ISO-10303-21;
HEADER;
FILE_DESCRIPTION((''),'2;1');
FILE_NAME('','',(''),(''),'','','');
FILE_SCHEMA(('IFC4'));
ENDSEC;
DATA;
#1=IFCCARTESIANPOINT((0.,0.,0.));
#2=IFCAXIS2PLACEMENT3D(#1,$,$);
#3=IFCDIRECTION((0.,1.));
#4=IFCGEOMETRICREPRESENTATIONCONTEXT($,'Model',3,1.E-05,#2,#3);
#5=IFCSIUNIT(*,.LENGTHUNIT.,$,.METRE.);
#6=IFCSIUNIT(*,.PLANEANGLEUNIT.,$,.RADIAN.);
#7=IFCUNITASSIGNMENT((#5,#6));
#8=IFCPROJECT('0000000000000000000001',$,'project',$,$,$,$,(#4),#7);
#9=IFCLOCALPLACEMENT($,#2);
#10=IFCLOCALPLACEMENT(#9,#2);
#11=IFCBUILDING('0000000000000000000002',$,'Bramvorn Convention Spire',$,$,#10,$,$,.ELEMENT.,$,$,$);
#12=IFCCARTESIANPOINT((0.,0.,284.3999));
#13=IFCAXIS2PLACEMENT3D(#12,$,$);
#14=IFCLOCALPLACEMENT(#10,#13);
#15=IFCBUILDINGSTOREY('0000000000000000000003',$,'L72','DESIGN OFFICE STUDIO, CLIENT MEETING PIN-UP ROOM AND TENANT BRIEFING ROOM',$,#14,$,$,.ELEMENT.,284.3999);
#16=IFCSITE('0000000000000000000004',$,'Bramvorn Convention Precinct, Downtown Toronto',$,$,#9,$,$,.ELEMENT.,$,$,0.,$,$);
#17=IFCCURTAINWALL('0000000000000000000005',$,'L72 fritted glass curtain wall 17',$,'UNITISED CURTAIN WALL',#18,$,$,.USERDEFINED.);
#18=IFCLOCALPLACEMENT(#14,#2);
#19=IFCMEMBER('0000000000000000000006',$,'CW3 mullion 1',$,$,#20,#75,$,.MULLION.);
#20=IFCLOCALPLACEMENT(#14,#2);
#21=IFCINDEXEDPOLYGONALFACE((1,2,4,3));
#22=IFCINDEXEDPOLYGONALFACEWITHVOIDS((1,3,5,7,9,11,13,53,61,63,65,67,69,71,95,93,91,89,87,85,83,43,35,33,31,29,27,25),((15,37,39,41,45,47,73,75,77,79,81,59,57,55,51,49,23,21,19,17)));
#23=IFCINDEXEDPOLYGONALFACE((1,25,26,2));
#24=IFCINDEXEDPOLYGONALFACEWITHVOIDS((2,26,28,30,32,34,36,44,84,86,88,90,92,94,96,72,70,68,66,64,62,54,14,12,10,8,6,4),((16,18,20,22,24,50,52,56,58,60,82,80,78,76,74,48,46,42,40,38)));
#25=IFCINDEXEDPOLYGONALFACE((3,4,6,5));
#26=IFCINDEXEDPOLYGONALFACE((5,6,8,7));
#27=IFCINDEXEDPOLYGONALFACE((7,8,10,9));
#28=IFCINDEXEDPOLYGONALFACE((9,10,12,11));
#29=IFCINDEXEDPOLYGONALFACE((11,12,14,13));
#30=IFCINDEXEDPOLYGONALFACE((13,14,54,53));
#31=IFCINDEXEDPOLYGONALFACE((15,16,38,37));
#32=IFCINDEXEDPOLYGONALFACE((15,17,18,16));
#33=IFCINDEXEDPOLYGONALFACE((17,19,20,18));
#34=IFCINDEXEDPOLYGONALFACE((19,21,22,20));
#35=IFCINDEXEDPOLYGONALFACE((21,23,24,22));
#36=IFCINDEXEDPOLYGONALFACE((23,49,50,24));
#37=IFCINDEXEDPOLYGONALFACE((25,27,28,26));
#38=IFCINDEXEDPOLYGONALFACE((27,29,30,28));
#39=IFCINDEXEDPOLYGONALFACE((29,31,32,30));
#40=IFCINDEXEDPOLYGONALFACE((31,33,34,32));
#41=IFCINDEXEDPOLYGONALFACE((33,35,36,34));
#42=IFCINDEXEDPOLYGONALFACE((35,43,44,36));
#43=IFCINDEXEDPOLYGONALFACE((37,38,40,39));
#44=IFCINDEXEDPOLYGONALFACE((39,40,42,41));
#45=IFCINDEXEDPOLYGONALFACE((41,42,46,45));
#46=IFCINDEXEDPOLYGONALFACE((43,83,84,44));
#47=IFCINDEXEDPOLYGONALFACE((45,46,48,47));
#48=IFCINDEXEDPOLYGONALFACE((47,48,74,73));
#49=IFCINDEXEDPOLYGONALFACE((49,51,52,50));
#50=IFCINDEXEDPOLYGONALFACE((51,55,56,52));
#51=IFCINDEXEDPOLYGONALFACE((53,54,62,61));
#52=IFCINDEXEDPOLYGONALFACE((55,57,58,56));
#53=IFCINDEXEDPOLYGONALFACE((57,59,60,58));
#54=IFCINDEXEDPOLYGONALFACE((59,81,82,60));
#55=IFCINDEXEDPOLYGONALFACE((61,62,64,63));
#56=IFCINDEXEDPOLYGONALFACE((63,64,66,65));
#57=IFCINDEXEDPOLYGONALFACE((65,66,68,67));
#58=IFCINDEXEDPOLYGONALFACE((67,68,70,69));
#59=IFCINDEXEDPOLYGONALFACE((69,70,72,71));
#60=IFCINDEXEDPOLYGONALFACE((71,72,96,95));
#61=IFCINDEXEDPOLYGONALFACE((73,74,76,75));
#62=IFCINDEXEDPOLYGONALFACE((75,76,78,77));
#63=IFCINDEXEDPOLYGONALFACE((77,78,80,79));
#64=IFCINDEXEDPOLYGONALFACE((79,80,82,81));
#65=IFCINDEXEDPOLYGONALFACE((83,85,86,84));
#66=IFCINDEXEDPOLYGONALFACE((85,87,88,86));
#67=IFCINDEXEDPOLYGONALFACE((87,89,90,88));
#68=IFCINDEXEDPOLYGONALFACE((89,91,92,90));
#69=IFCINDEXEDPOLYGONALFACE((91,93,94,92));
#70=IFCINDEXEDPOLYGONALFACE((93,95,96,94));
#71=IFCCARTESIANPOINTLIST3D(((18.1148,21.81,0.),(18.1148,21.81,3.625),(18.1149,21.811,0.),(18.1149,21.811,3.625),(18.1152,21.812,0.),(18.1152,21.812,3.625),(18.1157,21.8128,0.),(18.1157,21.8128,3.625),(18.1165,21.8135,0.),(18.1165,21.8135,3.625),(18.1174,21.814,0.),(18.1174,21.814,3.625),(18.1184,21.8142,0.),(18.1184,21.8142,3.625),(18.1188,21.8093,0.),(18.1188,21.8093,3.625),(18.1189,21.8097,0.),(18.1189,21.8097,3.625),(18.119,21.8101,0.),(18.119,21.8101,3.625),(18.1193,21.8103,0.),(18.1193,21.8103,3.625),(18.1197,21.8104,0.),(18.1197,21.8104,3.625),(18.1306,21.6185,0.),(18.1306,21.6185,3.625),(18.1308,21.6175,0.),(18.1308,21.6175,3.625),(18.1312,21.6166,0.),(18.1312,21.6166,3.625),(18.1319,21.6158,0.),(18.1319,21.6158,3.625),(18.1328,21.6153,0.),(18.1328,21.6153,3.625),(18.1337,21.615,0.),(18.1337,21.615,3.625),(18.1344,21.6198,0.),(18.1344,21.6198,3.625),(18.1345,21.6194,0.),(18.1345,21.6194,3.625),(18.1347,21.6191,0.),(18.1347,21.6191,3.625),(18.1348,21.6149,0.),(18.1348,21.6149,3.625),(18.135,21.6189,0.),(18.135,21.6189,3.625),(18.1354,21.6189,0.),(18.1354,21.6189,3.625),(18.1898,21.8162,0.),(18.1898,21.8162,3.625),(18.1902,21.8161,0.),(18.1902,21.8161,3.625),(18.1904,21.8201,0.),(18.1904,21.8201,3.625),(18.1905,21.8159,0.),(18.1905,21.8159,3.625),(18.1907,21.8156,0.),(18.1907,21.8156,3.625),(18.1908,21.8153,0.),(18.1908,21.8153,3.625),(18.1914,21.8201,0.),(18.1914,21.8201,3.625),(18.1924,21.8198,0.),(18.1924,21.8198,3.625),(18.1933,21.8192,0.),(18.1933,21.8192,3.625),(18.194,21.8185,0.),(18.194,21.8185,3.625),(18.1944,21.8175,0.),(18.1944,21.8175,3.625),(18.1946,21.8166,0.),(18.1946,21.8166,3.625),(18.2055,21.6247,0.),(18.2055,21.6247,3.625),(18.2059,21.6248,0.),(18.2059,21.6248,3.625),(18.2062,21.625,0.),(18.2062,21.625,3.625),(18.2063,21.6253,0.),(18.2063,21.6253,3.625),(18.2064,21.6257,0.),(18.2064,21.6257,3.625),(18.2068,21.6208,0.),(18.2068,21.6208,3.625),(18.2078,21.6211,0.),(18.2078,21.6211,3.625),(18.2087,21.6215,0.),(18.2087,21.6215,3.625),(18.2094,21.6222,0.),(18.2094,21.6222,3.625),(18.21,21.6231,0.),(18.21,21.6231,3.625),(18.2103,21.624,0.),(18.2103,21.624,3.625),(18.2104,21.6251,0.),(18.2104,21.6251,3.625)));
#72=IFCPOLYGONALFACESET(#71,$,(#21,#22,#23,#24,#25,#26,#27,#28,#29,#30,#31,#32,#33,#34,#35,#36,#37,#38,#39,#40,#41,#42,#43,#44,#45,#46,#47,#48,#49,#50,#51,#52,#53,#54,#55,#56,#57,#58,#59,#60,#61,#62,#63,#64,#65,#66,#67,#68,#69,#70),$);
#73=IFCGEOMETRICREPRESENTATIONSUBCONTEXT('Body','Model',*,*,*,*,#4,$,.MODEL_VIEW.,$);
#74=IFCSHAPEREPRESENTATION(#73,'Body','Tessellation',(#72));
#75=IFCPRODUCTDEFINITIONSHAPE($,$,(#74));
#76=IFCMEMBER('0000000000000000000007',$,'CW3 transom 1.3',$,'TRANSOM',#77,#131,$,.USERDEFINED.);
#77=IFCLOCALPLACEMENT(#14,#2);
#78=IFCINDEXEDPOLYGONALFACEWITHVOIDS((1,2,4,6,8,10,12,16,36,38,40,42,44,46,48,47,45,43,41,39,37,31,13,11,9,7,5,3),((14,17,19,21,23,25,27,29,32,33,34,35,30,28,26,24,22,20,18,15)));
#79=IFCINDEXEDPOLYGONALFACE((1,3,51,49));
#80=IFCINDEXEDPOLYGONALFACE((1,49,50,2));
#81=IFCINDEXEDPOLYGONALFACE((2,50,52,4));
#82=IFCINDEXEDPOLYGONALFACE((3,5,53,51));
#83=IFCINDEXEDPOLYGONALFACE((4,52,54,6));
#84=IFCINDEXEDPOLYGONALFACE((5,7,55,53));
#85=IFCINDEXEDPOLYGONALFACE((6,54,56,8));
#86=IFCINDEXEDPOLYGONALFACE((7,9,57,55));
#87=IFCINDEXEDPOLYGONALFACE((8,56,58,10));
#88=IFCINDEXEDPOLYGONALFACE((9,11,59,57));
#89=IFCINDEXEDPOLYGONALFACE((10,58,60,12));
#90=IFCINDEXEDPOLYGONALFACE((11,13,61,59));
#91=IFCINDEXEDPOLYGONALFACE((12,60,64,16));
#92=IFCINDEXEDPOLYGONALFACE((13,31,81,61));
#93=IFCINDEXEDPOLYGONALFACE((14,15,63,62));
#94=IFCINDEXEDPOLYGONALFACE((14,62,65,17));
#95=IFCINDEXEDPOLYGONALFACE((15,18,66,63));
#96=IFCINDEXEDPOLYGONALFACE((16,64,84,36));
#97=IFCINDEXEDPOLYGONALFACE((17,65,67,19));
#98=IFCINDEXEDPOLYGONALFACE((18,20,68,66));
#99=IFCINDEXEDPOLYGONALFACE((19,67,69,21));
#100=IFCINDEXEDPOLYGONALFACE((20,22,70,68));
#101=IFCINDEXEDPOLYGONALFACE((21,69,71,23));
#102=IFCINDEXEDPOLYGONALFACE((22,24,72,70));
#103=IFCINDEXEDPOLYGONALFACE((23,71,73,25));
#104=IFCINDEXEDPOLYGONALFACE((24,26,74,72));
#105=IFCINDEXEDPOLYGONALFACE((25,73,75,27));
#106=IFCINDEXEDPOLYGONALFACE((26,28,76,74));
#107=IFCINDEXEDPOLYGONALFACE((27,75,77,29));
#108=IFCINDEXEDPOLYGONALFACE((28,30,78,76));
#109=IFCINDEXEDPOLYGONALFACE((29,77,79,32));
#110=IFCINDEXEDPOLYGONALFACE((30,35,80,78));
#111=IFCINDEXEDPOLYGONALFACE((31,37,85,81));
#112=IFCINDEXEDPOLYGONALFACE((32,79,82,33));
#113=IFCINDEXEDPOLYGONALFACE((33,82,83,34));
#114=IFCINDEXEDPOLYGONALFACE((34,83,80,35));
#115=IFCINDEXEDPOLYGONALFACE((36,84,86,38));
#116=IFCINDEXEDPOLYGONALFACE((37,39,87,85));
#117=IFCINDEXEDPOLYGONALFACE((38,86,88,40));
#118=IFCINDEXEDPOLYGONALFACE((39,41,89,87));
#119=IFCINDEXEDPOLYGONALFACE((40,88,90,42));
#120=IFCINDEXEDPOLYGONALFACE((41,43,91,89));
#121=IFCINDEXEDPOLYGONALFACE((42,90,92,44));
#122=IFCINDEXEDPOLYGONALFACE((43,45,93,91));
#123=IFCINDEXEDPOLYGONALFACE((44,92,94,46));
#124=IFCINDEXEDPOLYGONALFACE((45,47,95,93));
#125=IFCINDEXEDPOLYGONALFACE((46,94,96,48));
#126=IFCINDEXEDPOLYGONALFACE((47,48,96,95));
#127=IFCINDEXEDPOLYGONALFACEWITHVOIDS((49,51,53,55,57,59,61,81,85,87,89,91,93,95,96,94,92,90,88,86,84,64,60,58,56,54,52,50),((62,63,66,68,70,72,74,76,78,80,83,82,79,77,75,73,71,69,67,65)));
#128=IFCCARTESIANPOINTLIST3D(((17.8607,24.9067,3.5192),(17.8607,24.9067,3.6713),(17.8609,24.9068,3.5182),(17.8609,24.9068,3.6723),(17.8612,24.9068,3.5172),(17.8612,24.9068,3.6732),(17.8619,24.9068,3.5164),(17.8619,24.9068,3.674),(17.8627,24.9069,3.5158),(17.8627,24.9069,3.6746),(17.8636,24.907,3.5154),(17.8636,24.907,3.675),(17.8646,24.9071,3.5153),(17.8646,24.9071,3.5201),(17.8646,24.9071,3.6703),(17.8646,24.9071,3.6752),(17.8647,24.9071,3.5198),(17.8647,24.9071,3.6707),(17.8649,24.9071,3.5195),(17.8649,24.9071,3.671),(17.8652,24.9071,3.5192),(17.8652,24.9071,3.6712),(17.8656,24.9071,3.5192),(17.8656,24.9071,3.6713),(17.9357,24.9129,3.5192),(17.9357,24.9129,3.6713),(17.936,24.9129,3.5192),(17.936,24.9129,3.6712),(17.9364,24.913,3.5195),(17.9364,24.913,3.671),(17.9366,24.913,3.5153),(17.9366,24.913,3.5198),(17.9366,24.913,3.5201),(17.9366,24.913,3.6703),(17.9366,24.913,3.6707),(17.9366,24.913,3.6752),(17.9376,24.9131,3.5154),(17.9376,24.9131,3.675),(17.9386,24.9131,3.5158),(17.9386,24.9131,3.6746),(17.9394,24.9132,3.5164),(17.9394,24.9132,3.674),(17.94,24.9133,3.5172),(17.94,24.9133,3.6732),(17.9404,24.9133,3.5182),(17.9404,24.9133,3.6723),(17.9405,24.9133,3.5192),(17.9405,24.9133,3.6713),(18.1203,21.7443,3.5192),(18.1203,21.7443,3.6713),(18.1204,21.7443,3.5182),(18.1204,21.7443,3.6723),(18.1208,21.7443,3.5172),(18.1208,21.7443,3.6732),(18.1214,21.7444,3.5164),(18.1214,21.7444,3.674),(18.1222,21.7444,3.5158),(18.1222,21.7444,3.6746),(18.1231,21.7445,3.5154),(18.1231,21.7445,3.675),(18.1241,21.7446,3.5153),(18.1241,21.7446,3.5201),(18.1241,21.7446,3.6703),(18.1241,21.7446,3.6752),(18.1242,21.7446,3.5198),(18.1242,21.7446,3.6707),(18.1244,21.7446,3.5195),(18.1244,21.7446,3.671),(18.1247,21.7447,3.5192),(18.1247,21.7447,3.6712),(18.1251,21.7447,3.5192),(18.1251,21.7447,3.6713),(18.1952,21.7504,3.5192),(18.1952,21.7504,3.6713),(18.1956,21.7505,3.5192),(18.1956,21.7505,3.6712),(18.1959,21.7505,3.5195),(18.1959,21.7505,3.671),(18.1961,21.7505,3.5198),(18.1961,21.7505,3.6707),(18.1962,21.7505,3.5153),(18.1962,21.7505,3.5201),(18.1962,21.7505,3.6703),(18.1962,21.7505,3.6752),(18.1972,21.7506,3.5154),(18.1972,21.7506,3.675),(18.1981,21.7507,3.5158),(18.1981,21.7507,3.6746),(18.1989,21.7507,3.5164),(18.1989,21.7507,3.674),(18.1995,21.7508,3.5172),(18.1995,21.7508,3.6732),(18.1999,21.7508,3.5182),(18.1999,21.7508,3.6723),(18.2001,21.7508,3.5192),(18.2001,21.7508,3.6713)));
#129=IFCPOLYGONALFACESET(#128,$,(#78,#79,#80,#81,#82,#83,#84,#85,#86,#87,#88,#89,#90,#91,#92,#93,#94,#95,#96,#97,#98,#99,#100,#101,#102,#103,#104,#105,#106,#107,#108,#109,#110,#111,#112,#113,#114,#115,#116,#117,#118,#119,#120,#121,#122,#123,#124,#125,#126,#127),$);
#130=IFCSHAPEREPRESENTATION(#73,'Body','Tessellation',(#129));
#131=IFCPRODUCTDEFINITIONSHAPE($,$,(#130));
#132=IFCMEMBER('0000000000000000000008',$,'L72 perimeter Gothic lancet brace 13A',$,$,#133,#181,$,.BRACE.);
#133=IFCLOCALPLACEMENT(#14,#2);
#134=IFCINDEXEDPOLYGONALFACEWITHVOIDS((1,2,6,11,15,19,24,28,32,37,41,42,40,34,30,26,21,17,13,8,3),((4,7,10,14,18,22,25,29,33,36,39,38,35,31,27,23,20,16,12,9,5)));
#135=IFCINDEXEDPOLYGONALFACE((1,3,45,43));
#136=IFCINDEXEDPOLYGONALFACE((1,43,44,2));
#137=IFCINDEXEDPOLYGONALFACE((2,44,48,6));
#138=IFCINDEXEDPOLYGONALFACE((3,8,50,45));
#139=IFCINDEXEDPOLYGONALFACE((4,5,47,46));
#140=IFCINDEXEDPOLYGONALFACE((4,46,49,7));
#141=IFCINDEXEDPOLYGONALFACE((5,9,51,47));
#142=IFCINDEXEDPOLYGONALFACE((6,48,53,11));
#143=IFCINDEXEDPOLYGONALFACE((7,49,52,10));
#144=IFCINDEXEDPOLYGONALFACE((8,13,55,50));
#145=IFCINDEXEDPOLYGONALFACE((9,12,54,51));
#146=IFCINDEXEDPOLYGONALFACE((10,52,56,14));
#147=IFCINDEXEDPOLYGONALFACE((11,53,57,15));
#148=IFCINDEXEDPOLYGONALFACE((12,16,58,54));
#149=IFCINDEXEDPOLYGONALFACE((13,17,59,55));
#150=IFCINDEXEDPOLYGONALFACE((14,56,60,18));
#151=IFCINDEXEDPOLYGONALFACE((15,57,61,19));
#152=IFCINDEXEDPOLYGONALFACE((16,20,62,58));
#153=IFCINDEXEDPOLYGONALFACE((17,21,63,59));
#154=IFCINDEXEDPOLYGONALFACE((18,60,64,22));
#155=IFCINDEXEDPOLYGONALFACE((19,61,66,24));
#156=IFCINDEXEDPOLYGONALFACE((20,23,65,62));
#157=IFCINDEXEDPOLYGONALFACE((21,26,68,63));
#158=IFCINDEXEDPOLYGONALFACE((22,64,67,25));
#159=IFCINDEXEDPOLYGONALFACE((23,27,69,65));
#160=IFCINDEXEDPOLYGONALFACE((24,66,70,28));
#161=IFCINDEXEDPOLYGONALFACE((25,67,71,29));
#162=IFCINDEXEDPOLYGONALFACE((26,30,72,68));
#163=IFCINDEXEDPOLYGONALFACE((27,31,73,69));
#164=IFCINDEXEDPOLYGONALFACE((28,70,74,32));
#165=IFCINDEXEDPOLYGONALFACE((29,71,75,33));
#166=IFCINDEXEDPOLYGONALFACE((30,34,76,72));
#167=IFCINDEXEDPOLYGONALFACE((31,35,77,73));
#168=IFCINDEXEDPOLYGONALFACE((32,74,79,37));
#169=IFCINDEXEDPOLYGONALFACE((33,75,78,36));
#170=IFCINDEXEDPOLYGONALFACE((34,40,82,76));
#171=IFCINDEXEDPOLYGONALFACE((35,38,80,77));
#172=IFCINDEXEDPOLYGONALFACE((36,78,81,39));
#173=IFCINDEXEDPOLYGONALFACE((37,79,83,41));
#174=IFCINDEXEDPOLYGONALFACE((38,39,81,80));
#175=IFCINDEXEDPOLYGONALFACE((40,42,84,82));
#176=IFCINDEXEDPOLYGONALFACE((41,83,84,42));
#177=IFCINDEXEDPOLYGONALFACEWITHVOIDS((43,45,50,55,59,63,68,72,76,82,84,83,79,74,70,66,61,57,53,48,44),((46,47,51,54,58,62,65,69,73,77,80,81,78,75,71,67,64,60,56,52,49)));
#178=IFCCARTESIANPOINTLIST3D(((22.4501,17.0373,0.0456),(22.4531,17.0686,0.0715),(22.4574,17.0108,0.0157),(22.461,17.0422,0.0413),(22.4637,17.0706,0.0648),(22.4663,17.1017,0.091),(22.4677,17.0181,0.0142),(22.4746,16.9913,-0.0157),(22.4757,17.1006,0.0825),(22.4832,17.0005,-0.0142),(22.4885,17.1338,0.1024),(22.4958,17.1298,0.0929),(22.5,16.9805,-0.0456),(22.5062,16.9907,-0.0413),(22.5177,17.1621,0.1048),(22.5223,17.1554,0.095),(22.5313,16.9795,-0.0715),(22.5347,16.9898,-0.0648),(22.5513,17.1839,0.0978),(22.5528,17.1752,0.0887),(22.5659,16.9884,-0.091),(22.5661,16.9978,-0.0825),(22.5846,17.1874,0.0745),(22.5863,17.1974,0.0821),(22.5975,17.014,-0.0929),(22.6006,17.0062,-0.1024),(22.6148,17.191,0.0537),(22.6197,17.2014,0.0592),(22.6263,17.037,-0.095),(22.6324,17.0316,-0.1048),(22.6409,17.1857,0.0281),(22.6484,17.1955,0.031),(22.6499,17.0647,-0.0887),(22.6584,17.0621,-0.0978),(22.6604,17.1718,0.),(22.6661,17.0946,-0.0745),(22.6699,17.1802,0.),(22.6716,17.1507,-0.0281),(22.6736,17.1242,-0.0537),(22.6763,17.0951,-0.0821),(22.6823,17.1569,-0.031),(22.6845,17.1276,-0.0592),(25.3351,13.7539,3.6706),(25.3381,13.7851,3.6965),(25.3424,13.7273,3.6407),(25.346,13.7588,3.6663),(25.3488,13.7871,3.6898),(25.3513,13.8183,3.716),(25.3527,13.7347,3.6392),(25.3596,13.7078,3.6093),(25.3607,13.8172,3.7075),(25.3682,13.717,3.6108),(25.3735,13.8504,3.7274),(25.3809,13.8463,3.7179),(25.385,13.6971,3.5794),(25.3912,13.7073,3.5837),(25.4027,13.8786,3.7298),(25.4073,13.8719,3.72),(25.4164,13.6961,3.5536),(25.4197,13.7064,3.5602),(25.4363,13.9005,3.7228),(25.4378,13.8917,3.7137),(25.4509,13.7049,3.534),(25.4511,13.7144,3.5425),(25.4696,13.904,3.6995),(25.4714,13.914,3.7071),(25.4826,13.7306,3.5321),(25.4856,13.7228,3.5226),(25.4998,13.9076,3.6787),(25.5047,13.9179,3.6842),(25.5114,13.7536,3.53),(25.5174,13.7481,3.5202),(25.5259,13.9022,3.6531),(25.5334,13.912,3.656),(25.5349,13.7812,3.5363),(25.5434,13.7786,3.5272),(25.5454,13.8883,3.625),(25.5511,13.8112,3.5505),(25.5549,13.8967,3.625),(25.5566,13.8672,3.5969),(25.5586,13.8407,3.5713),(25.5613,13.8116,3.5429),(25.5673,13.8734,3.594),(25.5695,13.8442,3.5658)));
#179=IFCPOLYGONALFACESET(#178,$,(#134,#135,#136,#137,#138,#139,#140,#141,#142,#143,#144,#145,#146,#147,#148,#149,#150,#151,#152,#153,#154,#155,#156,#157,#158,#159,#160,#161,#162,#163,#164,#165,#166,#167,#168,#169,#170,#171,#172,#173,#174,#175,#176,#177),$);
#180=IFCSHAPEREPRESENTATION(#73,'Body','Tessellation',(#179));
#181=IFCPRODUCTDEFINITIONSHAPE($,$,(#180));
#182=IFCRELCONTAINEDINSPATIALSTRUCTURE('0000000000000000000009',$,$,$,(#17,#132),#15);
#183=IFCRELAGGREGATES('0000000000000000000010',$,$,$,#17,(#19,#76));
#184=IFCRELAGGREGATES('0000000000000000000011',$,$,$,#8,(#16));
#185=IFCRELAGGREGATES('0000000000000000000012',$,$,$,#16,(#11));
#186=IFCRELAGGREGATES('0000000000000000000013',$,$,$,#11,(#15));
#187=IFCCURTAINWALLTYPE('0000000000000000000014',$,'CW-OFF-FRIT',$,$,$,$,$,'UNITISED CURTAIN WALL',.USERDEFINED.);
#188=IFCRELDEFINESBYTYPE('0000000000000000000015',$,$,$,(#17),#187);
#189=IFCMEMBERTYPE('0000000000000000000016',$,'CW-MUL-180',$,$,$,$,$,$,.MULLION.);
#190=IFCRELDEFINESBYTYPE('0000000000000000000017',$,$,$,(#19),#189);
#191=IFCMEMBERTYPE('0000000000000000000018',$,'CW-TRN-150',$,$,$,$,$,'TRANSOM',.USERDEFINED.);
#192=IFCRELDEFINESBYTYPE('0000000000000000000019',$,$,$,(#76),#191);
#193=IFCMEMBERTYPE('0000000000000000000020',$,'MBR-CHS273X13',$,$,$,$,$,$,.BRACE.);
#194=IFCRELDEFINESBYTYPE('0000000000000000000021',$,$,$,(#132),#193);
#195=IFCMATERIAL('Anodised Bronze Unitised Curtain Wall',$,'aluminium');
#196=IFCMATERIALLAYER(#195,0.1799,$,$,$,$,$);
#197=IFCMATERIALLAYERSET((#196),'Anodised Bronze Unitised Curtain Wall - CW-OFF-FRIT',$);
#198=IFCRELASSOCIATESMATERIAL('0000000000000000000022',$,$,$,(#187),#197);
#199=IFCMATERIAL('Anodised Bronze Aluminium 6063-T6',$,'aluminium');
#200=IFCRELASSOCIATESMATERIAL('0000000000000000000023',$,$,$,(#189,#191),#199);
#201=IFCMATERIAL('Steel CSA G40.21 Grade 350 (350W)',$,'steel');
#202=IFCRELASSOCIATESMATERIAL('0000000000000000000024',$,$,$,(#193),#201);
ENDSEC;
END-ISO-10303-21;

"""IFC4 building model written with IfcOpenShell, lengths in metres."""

from ifc_helpers import new_model, si_unit, direction, frame, origin, origin_2d, place, context, subcontext, project, spatial, hollow_rectangle, hollow_circle, extrude, material, layer, layer_set, material_profile, profile_set, type_object, element, aggregate, save


model = new_model("IFC4")

# Units and contexts
model_context = context("Model", 3, precision=1e-05, world=origin(), true_north=direction((0.0, 1.0)))
body_context = subcontext(model_context, "Body", "Model", "MODEL_VIEW")
ifc_project = project(units=[si_unit("LENGTHUNIT", "METRE"), si_unit("PLANEANGLEUNIT", "RADIAN")], contexts=[model_context])

# Site, building, storey
site_placement = place(None, origin())
site = spatial("IfcSite", under=ifc_project, at=site_placement, Name="Bramvorn Convention Precinct, Downtown Toronto", CompositionType="ELEMENT", RefElevation=0.0)
building_placement = place(site_placement, origin())
building = spatial("IfcBuilding", under=site, at=building_placement, Name="Bramvorn Convention Spire", CompositionType="ELEMENT")
storey_placement = place(building_placement, frame((0.0, 0.0, 284.3999)))
storey = spatial("IfcBuildingStorey", under=building, at=storey_placement, Name="L72", Description="DESIGN OFFICE STUDIO, CLIENT MEETING PIN-UP ROOM AND TENANT BRIEFING ROOM", CompositionType="ELEMENT", Elevation=284.3999)

# Shared definitions
ifc_material_1 = material(Name="Steel CSA G40.21 Grade 350 (350W)", Category="steel")

# Curtain wall, members
ifc_material_2 = material(Name="Anodised Bronze Unitised Curtain Wall", Category="aluminium")
ifc_layer_1 = layer(ifc_material_2, 0.1799)
ifc_layer_set_1 = layer_set([ifc_layer_1], Name="Anodised Bronze Unitised Curtain Wall - CW-OFF-FRIT")
curtain_wall_type = type_object("IfcCurtainWallType", Name="CW-OFF-FRIT", ElementType="UNITISED CURTAIN WALL", PredefinedType="USERDEFINED", material=ifc_layer_set_1)
curtain_wall_placement = place(storey_placement, origin())
curtain_wall = element("IfcCurtainWall", 1, at=curtain_wall_placement, inside=storey, type_object=curtain_wall_type, Name="L72 fritted glass curtain wall 17", ObjectType="UNITISED CURTAIN WALL", PredefinedType="USERDEFINED")
ifc_material_3 = material(Name="Anodised Bronze Aluminium 6063-T6", Category="aluminium")
ifc_material_profile_1 = material_profile(ifc_material_3, hollow_rectangle(XDim=0.0801, YDim=0.2, WallThickness=0.0039, InnerFilletRadius=0.001, OuterFilletRadius=0.0039, at=origin_2d()))
ifc_profile_set_1 = profile_set([ifc_material_profile_1], Name="Anodised Bronze Aluminium 6063-T6 - CWM80X200")
member_type_1 = type_object("IfcMemberType", Name="CW-MUL-180", PredefinedType="MULLION", material=ifc_profile_set_1)
member_1_placement = place(storey_placement, frame((18.1626, 21.7175, 0.0), z_axis=(0.0, 0.0, 1.0), x_axis=(-0.996648, -0.081809, 0.0)))
member_1 = element("IfcMember", 2, at=member_1_placement, type_object=member_type_1, Name="CW3 mullion 1", PredefinedType="MULLION", context=body_context, shape_type="SweptSolid", body=[
    extrude(hollow_rectangle(XDim=0.0801, YDim=0.2, WallThickness=0.0039, InnerFilletRadius=0.001, OuterFilletRadius=0.0039, at=origin_2d()), origin(), (0.0, 0.0, 1.0), 3.625),
])
ifc_material_profile_2 = material_profile(ifc_material_3, hollow_rectangle(XDim=0.0801, YDim=0.1599, WallThickness=0.0039, InnerFilletRadius=0.001, OuterFilletRadius=0.0039, at=origin_2d()))
ifc_profile_set_2 = profile_set([ifc_material_profile_2], Name="Anodised Bronze Aluminium 6063-T6 - CWT80X160")
member_type_2 = type_object("IfcMemberType", Name="CW-TRN-150", ElementType="TRANSOM", PredefinedType="USERDEFINED", material=ifc_profile_set_2)
member_2_placement = place(storey_placement, frame((18.1602, 21.7476, 3.5952), z_axis=(-0.081791, 0.99665, 0.0), x_axis=(-0.99665, -0.081791, 0.0)))
member_2 = element("IfcMember", 3, at=member_2_placement, type_object=member_type_2, Name="CW3 transom 1.3", ObjectType="TRANSOM", PredefinedType="USERDEFINED", context=body_context, shape_type="SweptSolid", body=[
    extrude(hollow_rectangle(XDim=0.0801, YDim=0.1599, WallThickness=0.0039, InnerFilletRadius=0.001, OuterFilletRadius=0.0039, at=origin_2d()), origin(), (0.0, 0.0, 1.0), 3.1731),
])
aggregate(curtain_wall, [member_1, member_2])

# Member
ifc_material_profile_3 = material_profile(ifc_material_1, hollow_circle(Radius=0.1365, WallThickness=0.0127, at=origin_2d()))
ifc_profile_set_3 = profile_set([ifc_material_profile_3], Name="Steel CSA G40.21 Grade 350 (350W) - CHS273X13")
member_type_3 = type_object("IfcMemberType", Name="MBR-CHS273X13", PredefinedType="BRACE", material=ifc_profile_set_3)
member_3_placement = place(storey_placement, frame((22.5674, 17.0901, 0.0), z_axis=(0.508062, -0.578228, 0.638377), x_axis=(0.751215, 0.660057, 0.0)))
element("IfcMember", 4, at=member_3_placement, inside=storey, type_object=member_type_3, Name="L72 perimeter Gothic lancet brace 13A", PredefinedType="BRACE", context=body_context, shape_type="SweptSolid", body=[
    extrude(hollow_circle(Radius=0.1365, WallThickness=0.0127, at=origin_2d()), origin(), (0.0, 0.0, 1.0), 5.6785),
])

save(model, "model.ifc")
